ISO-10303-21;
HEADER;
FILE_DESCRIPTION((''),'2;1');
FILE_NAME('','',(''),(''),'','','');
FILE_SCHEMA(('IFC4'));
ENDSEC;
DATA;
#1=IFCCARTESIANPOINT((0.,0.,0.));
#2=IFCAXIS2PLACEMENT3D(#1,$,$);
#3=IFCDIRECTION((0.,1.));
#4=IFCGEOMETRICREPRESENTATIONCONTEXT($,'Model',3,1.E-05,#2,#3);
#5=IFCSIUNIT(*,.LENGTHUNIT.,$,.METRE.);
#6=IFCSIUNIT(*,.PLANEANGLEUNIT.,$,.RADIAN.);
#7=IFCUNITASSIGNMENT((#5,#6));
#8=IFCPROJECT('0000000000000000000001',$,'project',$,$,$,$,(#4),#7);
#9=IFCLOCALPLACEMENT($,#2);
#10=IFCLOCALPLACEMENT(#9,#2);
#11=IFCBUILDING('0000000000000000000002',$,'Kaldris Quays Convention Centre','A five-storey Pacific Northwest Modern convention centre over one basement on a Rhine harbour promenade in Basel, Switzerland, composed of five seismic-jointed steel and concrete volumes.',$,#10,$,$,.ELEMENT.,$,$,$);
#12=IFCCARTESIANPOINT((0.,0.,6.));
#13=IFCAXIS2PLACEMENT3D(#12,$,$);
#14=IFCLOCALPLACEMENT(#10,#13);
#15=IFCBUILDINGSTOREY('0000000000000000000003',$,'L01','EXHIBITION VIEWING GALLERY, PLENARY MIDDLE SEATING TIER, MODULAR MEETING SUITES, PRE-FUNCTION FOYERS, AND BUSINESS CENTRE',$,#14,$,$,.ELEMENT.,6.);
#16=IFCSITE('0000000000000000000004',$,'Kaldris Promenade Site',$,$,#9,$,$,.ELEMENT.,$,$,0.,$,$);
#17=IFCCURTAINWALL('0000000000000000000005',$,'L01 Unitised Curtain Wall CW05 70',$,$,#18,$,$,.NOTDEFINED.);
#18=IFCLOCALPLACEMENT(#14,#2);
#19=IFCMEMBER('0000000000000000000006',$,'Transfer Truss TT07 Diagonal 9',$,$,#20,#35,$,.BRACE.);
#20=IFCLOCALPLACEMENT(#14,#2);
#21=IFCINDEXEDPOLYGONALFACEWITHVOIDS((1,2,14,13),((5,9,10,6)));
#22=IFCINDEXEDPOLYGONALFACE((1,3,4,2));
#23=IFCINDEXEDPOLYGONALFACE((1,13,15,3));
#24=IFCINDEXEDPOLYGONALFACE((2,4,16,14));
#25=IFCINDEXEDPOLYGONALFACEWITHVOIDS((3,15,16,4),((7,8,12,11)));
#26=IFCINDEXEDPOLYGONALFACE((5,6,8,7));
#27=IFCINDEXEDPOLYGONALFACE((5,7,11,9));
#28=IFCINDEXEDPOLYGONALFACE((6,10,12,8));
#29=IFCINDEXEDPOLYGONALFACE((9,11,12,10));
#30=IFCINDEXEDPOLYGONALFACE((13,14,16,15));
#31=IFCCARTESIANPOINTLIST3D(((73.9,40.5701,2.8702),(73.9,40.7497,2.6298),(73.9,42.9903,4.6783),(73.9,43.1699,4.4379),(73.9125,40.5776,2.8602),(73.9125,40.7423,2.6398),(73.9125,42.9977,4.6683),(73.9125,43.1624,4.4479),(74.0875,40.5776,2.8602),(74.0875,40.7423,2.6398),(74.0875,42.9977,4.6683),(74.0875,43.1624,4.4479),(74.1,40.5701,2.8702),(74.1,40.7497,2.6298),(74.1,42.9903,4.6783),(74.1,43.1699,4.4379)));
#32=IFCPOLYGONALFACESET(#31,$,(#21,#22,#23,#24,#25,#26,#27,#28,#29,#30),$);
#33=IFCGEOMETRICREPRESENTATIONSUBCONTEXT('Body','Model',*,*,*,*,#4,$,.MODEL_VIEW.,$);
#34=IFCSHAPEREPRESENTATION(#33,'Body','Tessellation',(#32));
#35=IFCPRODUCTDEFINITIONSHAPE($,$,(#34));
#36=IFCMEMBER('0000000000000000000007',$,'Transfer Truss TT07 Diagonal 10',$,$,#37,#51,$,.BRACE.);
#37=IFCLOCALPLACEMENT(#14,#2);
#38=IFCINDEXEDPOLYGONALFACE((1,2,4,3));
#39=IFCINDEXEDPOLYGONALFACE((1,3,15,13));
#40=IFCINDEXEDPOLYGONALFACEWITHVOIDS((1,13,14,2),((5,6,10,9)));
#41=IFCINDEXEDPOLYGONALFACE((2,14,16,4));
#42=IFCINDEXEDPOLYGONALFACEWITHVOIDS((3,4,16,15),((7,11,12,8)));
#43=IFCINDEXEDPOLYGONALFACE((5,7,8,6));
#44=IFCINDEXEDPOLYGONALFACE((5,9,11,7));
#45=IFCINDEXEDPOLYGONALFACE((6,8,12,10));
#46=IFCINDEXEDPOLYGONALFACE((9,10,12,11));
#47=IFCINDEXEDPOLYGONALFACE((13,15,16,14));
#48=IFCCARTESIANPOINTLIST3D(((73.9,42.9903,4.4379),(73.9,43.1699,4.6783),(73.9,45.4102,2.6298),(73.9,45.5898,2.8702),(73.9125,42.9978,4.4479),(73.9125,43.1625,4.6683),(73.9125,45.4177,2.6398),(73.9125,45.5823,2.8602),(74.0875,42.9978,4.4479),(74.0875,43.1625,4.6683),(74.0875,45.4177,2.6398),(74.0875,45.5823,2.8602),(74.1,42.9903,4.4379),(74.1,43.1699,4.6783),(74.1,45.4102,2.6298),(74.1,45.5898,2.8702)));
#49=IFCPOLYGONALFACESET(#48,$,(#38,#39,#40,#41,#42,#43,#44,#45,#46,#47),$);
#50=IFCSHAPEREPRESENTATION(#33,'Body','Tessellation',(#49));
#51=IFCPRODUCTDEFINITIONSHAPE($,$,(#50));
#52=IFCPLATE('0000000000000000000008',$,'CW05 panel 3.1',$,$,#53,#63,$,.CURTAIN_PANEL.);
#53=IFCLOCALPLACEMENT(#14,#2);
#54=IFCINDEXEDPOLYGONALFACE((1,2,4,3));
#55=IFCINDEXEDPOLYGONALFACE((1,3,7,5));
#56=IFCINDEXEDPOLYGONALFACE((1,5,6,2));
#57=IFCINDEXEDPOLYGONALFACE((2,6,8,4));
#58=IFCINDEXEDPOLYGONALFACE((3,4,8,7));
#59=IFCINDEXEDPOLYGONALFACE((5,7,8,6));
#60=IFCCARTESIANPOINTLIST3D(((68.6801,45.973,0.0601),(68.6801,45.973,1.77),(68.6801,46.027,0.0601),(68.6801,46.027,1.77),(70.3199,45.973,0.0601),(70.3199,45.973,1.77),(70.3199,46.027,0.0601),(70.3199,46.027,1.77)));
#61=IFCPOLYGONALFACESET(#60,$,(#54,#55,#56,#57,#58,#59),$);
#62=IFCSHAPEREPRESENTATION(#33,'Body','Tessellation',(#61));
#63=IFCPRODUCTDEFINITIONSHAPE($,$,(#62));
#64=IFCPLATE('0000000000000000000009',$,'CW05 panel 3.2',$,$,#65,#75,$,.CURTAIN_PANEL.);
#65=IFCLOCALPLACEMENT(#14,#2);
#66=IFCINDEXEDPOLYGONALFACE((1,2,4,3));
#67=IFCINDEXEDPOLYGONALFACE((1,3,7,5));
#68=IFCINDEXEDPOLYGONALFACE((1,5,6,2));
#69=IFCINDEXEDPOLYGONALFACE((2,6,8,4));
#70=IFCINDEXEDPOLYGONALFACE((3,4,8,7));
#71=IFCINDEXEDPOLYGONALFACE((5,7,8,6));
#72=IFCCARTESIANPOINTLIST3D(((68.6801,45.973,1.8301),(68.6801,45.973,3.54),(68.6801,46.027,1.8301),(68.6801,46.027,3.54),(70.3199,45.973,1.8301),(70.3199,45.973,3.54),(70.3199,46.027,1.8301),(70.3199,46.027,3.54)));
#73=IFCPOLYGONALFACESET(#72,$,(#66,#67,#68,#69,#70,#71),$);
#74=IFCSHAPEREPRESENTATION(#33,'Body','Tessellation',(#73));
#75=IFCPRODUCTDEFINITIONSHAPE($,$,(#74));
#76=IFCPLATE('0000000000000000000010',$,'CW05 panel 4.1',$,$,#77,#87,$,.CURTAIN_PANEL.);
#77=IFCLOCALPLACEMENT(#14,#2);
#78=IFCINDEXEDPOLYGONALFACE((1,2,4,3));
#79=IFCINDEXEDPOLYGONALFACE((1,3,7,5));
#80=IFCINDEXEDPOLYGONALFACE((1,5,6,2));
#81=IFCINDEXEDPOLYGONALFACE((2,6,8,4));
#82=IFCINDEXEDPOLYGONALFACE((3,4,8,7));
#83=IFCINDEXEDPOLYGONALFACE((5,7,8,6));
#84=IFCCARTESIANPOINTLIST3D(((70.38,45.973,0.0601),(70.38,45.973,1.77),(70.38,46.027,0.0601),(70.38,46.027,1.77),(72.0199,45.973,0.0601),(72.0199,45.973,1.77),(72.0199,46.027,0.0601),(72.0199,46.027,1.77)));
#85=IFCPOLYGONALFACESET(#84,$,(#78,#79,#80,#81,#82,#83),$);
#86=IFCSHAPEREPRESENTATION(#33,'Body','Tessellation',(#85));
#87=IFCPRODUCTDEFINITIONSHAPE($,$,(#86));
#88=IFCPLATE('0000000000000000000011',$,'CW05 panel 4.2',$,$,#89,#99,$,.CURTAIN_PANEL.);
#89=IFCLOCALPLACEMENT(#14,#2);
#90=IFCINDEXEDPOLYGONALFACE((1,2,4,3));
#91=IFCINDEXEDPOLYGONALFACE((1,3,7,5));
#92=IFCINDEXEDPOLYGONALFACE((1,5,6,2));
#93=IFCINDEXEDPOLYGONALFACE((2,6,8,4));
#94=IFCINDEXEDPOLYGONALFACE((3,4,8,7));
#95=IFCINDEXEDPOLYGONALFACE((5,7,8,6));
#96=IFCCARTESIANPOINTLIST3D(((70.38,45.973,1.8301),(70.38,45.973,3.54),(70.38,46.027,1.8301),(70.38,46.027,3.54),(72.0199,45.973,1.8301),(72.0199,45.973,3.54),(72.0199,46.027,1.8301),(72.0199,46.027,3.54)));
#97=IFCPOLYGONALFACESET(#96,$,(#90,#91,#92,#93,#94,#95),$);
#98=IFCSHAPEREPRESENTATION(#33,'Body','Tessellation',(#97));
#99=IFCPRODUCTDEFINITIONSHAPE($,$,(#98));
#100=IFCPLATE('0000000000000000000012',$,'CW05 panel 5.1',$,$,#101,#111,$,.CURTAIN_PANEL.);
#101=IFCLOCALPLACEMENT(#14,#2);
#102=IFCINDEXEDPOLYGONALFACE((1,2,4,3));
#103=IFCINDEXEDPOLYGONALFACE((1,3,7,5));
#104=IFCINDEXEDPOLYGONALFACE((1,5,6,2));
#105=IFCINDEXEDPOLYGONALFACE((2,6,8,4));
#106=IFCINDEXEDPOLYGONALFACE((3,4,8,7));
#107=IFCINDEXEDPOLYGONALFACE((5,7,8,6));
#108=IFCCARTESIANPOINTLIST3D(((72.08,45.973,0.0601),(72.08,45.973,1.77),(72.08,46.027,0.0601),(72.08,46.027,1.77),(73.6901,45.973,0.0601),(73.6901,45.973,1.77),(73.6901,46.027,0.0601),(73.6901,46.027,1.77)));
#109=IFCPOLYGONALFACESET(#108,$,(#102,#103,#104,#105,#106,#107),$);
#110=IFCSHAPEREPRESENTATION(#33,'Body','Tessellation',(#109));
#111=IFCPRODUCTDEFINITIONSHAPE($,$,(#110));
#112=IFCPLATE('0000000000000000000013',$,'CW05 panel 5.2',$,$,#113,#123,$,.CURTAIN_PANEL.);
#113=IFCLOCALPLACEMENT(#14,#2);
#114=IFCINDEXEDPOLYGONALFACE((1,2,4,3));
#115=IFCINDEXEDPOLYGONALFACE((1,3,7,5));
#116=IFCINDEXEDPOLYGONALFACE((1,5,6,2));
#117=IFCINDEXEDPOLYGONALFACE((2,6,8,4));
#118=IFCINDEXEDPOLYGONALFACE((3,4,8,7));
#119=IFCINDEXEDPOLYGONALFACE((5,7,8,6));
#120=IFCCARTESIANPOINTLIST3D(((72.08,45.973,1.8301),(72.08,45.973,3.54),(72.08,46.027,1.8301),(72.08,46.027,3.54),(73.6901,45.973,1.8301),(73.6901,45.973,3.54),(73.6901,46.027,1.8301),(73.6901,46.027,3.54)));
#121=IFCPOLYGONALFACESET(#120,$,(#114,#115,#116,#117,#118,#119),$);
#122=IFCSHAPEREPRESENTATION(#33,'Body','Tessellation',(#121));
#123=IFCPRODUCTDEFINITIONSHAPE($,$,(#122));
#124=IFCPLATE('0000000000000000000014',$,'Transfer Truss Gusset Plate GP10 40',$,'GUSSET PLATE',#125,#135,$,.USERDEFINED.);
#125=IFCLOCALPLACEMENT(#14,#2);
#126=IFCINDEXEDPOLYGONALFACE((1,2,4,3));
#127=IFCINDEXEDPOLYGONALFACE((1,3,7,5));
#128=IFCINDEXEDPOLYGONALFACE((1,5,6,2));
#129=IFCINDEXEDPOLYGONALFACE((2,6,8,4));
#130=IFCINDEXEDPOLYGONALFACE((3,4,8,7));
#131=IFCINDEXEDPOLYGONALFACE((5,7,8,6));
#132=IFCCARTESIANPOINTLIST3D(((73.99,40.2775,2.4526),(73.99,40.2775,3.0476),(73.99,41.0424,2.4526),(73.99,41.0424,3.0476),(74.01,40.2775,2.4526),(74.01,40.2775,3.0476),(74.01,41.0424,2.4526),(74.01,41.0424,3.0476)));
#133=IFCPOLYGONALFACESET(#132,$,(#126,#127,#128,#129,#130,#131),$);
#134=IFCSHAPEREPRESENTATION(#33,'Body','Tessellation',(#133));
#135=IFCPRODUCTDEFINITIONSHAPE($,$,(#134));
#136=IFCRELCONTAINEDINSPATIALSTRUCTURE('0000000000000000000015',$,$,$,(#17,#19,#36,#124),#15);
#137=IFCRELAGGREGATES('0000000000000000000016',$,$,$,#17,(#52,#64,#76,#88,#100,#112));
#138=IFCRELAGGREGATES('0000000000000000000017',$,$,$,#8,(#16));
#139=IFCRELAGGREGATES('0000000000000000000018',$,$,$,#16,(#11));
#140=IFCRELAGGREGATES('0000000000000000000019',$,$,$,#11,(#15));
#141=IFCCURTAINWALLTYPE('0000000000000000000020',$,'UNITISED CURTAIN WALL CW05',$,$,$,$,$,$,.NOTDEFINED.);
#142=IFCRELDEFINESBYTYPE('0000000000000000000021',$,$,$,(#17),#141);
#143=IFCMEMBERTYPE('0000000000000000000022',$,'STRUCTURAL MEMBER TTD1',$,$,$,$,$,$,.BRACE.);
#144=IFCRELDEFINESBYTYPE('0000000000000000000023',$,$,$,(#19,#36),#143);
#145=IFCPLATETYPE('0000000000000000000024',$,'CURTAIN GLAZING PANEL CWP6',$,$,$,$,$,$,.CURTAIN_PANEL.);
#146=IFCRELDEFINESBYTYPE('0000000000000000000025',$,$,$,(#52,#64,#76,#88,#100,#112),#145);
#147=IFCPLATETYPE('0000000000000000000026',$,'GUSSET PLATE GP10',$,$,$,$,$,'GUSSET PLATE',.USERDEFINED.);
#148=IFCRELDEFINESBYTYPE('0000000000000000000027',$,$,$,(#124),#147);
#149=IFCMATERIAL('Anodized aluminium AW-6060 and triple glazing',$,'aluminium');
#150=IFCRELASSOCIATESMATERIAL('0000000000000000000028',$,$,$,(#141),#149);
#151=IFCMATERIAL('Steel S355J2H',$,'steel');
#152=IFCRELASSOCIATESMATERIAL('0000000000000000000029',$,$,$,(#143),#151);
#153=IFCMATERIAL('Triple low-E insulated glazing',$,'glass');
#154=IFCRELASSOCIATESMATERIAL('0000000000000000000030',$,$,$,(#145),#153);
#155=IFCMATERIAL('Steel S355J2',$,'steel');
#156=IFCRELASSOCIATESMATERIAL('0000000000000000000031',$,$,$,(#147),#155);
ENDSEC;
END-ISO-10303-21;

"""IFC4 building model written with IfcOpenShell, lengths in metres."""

from ifc_helpers import new_model, si_unit, direction, frame, origin, origin_2d, place, context, subcontext, project, spatial, rectangle, hollow_rectangle, extrude, material, material_profile, profile_set, type_object, element, aggregate, save


model = new_model("IFC4")

# Units and contexts
model_context = context("Model", 3, precision=1e-05, world=origin(), true_north=direction((0.0, 1.0)))
body_context = subcontext(model_context, "Body", "Model", "MODEL_VIEW")
ifc_project = project(units=[si_unit("LENGTHUNIT", "METRE"), si_unit("PLANEANGLEUNIT", "RADIAN")], contexts=[model_context])

# Site, building, storey
site_placement = place(None, origin())
site = spatial("IfcSite", under=ifc_project, at=site_placement, Name="Kaldris Promenade Site", CompositionType="ELEMENT", RefElevation=0.0)
building_placement = place(site_placement, origin())
building = spatial("IfcBuilding", under=site, at=building_placement, Name="Kaldris Quays Convention Centre", Description="A five-storey Pacific Northwest Modern convention centre over one basement on a Rhine harbour promenade in Basel, Switzerland, composed of five seismic-jointed steel and concrete volumes.", CompositionType="ELEMENT")
storey_placement = place(building_placement, frame((0.0, 0.0, 6.0)))
storey = spatial("IfcBuildingStorey", under=building, at=storey_placement, Name="L01", Description="EXHIBITION VIEWING GALLERY, PLENARY MIDDLE SEATING TIER, MODULAR MEETING SUITES, PRE-FUNCTION FOYERS, AND BUSINESS CENTRE", CompositionType="ELEMENT", Elevation=6.0)

# Curtain wall
ifc_material_1 = material(Name="Anodized aluminium AW-6060 and triple glazing", Category="aluminium")
curtain_wall_type = type_object("IfcCurtainWallType", Name="UNITISED CURTAIN WALL CW05", PredefinedType="NOTDEFINED", material=ifc_material_1)
curtain_wall_1_placement = place(storey_placement, origin())
curtain_wall_1 = element("IfcCurtainWall", 1, at=curtain_wall_1_placement, inside=storey, type_object=curtain_wall_type, Name="L01 Unitised Curtain Wall CW05 70", PredefinedType="NOTDEFINED")

# Shared definitions
ifc_material_2 = material(Name="Steel S355J2", Category="steel")

# Members
ifc_material_3 = material(Name="Steel S355J2H", Category="steel")
ifc_material_profile_1 = material_profile(ifc_material_3, hollow_rectangle(XDim=0.2, YDim=0.3, WallThickness=0.0125, at=origin_2d()), Name="RHS 300x200x12.5")
ifc_profile_set_1 = profile_set([ifc_material_profile_1], Name="Steel S355J2H")
member_type_1 = type_object("IfcMemberType", Name="STRUCTURAL MEMBER TTD1", PredefinedType="BRACE", material=ifc_profile_set_1)
member_1_placement = place(storey_placement, frame((74.0, 40.6599, 2.75), z_axis=(0.0, 0.801114, 0.598512), x_axis=(-1.0, 0.0, 0.0)))
element("IfcMember", 2, at=member_1_placement, inside=storey, type_object=member_type_1, Name="Transfer Truss TT07 Diagonal 9", PredefinedType="BRACE", context=body_context, shape_type="SweptSolid", body=[
    extrude(hollow_rectangle(XDim=0.2, YDim=0.3, WallThickness=0.0125, at=origin_2d()), origin(), (0.0, 0.0, 1.0), 3.021),
])
member_2_placement = place(storey_placement, frame((74.0, 45.5, 2.75), z_axis=(0.0, -0.801085, 0.598551), x_axis=(1.0, 0.0, 0.0)))
element("IfcMember", 3, at=member_2_placement, inside=storey, type_object=member_type_1, Name="Transfer Truss TT07 Diagonal 10", PredefinedType="BRACE", context=body_context, shape_type="SweptSolid", body=[
    extrude(hollow_rectangle(XDim=0.2, YDim=0.3, WallThickness=0.0125, at=origin_2d()), origin(), (0.0, 0.0, 1.0), 3.0208),
])

# Plates
ifc_material_4 = material(Name="Triple low-E insulated glazing", Category="glass")
plate_type_1 = type_object("IfcPlateType", Name="CURTAIN GLAZING PANEL CWP6", PredefinedType="CURTAIN_PANEL", material=ifc_material_4)
plate_1_placement = place(storey_placement, frame((69.5, 46.0, 0.0601), z_axis=(0.0, 0.0, 1.0), x_axis=(1.0, 0.0, 0.0)))
plate_1 = element("IfcPlate", 4, at=plate_1_placement, type_object=plate_type_1, Name="CW05 panel 3.1", PredefinedType="CURTAIN_PANEL", context=body_context, shape_type="SweptSolid", body=[
    extrude(rectangle(XDim=1.6399, YDim=0.054, at=origin_2d()), origin(), (0.0, 0.0, 1.0), 1.71),
])
plate_2_placement = place(storey_placement, frame((69.5, 46.0, 1.8301), z_axis=(0.0, 0.0, 1.0), x_axis=(1.0, 0.0, 0.0)))
plate_2 = element("IfcPlate", 5, at=plate_2_placement, type_object=plate_type_1, Name="CW05 panel 3.2", PredefinedType="CURTAIN_PANEL", context=body_context, shape_type="SweptSolid", body=[
    extrude(rectangle(XDim=1.6399, YDim=0.054, at=origin_2d()), origin(), (0.0, 0.0, 1.0), 1.71),
])
plate_3_placement = place(storey_placement, frame((71.2, 46.0, 0.0601), z_axis=(0.0, 0.0, 1.0), x_axis=(1.0, 0.0, 0.0)))
plate_3 = element("IfcPlate", 6, at=plate_3_placement, type_object=plate_type_1, Name="CW05 panel 4.1", PredefinedType="CURTAIN_PANEL", context=body_context, shape_type="SweptSolid", body=[
    extrude(rectangle(XDim=1.6399, YDim=0.054, at=origin_2d()), origin(), (0.0, 0.0, 1.0), 1.71),
])
plate_4_placement = place(storey_placement, frame((71.2, 46.0, 1.8301), z_axis=(0.0, 0.0, 1.0), x_axis=(1.0, 0.0, 0.0)))
plate_4 = element("IfcPlate", 7, at=plate_4_placement, type_object=plate_type_1, Name="CW05 panel 4.2", PredefinedType="CURTAIN_PANEL", context=body_context, shape_type="SweptSolid", body=[
    extrude(rectangle(XDim=1.6399, YDim=0.054, at=origin_2d()), origin(), (0.0, 0.0, 1.0), 1.71),
])
plate_5_placement = place(storey_placement, frame((72.885, 46.0, 0.0601), z_axis=(0.0, 0.0, 1.0), x_axis=(1.0, 0.0, 0.0)))
plate_5 = element("IfcPlate", 8, at=plate_5_placement, type_object=plate_type_1, Name="CW05 panel 5.1", PredefinedType="CURTAIN_PANEL", context=body_context, shape_type="SweptSolid", body=[
    extrude(rectangle(XDim=1.6101, YDim=0.054, at=origin_2d()), origin(), (0.0, 0.0, 1.0), 1.71),
])
plate_6_placement = place(storey_placement, frame((72.885, 46.0, 1.8301), z_axis=(0.0, 0.0, 1.0), x_axis=(1.0, 0.0, 0.0)))
plate_6 = element("IfcPlate", 9, at=plate_6_placement, type_object=plate_type_1, Name="CW05 panel 5.2", PredefinedType="CURTAIN_PANEL", context=body_context, shape_type="SweptSolid", body=[
    extrude(rectangle(XDim=1.6101, YDim=0.054, at=origin_2d()), origin(), (0.0, 0.0, 1.0), 1.71),
])
aggregate(curtain_wall_1, [plate_1, plate_2, plate_3, plate_4, plate_5, plate_6])
plate_type_2 = type_object("IfcPlateType", Name="GUSSET PLATE GP10", ElementType="GUSSET PLATE", PredefinedType="USERDEFINED", material=ifc_material_2)
plate_7_placement = place(storey_placement, frame((74.0, 40.6599, 2.4526), z_axis=(0.0, 0.0, 1.0), x_axis=(1.0, 0.0, 0.0)))
element("IfcPlate", 10, at=plate_7_placement, inside=storey, type_object=plate_type_2, Name="Transfer Truss Gusset Plate GP10 40", ObjectType="GUSSET PLATE", PredefinedType="USERDEFINED", context=body_context, shape_type="SweptSolid", body=[
    extrude(rectangle(XDim=0.02, YDim=0.7649, at=origin_2d()), origin(), (0.0, 0.0, 1.0), 0.595),
])

save(model, "model.ifc")
